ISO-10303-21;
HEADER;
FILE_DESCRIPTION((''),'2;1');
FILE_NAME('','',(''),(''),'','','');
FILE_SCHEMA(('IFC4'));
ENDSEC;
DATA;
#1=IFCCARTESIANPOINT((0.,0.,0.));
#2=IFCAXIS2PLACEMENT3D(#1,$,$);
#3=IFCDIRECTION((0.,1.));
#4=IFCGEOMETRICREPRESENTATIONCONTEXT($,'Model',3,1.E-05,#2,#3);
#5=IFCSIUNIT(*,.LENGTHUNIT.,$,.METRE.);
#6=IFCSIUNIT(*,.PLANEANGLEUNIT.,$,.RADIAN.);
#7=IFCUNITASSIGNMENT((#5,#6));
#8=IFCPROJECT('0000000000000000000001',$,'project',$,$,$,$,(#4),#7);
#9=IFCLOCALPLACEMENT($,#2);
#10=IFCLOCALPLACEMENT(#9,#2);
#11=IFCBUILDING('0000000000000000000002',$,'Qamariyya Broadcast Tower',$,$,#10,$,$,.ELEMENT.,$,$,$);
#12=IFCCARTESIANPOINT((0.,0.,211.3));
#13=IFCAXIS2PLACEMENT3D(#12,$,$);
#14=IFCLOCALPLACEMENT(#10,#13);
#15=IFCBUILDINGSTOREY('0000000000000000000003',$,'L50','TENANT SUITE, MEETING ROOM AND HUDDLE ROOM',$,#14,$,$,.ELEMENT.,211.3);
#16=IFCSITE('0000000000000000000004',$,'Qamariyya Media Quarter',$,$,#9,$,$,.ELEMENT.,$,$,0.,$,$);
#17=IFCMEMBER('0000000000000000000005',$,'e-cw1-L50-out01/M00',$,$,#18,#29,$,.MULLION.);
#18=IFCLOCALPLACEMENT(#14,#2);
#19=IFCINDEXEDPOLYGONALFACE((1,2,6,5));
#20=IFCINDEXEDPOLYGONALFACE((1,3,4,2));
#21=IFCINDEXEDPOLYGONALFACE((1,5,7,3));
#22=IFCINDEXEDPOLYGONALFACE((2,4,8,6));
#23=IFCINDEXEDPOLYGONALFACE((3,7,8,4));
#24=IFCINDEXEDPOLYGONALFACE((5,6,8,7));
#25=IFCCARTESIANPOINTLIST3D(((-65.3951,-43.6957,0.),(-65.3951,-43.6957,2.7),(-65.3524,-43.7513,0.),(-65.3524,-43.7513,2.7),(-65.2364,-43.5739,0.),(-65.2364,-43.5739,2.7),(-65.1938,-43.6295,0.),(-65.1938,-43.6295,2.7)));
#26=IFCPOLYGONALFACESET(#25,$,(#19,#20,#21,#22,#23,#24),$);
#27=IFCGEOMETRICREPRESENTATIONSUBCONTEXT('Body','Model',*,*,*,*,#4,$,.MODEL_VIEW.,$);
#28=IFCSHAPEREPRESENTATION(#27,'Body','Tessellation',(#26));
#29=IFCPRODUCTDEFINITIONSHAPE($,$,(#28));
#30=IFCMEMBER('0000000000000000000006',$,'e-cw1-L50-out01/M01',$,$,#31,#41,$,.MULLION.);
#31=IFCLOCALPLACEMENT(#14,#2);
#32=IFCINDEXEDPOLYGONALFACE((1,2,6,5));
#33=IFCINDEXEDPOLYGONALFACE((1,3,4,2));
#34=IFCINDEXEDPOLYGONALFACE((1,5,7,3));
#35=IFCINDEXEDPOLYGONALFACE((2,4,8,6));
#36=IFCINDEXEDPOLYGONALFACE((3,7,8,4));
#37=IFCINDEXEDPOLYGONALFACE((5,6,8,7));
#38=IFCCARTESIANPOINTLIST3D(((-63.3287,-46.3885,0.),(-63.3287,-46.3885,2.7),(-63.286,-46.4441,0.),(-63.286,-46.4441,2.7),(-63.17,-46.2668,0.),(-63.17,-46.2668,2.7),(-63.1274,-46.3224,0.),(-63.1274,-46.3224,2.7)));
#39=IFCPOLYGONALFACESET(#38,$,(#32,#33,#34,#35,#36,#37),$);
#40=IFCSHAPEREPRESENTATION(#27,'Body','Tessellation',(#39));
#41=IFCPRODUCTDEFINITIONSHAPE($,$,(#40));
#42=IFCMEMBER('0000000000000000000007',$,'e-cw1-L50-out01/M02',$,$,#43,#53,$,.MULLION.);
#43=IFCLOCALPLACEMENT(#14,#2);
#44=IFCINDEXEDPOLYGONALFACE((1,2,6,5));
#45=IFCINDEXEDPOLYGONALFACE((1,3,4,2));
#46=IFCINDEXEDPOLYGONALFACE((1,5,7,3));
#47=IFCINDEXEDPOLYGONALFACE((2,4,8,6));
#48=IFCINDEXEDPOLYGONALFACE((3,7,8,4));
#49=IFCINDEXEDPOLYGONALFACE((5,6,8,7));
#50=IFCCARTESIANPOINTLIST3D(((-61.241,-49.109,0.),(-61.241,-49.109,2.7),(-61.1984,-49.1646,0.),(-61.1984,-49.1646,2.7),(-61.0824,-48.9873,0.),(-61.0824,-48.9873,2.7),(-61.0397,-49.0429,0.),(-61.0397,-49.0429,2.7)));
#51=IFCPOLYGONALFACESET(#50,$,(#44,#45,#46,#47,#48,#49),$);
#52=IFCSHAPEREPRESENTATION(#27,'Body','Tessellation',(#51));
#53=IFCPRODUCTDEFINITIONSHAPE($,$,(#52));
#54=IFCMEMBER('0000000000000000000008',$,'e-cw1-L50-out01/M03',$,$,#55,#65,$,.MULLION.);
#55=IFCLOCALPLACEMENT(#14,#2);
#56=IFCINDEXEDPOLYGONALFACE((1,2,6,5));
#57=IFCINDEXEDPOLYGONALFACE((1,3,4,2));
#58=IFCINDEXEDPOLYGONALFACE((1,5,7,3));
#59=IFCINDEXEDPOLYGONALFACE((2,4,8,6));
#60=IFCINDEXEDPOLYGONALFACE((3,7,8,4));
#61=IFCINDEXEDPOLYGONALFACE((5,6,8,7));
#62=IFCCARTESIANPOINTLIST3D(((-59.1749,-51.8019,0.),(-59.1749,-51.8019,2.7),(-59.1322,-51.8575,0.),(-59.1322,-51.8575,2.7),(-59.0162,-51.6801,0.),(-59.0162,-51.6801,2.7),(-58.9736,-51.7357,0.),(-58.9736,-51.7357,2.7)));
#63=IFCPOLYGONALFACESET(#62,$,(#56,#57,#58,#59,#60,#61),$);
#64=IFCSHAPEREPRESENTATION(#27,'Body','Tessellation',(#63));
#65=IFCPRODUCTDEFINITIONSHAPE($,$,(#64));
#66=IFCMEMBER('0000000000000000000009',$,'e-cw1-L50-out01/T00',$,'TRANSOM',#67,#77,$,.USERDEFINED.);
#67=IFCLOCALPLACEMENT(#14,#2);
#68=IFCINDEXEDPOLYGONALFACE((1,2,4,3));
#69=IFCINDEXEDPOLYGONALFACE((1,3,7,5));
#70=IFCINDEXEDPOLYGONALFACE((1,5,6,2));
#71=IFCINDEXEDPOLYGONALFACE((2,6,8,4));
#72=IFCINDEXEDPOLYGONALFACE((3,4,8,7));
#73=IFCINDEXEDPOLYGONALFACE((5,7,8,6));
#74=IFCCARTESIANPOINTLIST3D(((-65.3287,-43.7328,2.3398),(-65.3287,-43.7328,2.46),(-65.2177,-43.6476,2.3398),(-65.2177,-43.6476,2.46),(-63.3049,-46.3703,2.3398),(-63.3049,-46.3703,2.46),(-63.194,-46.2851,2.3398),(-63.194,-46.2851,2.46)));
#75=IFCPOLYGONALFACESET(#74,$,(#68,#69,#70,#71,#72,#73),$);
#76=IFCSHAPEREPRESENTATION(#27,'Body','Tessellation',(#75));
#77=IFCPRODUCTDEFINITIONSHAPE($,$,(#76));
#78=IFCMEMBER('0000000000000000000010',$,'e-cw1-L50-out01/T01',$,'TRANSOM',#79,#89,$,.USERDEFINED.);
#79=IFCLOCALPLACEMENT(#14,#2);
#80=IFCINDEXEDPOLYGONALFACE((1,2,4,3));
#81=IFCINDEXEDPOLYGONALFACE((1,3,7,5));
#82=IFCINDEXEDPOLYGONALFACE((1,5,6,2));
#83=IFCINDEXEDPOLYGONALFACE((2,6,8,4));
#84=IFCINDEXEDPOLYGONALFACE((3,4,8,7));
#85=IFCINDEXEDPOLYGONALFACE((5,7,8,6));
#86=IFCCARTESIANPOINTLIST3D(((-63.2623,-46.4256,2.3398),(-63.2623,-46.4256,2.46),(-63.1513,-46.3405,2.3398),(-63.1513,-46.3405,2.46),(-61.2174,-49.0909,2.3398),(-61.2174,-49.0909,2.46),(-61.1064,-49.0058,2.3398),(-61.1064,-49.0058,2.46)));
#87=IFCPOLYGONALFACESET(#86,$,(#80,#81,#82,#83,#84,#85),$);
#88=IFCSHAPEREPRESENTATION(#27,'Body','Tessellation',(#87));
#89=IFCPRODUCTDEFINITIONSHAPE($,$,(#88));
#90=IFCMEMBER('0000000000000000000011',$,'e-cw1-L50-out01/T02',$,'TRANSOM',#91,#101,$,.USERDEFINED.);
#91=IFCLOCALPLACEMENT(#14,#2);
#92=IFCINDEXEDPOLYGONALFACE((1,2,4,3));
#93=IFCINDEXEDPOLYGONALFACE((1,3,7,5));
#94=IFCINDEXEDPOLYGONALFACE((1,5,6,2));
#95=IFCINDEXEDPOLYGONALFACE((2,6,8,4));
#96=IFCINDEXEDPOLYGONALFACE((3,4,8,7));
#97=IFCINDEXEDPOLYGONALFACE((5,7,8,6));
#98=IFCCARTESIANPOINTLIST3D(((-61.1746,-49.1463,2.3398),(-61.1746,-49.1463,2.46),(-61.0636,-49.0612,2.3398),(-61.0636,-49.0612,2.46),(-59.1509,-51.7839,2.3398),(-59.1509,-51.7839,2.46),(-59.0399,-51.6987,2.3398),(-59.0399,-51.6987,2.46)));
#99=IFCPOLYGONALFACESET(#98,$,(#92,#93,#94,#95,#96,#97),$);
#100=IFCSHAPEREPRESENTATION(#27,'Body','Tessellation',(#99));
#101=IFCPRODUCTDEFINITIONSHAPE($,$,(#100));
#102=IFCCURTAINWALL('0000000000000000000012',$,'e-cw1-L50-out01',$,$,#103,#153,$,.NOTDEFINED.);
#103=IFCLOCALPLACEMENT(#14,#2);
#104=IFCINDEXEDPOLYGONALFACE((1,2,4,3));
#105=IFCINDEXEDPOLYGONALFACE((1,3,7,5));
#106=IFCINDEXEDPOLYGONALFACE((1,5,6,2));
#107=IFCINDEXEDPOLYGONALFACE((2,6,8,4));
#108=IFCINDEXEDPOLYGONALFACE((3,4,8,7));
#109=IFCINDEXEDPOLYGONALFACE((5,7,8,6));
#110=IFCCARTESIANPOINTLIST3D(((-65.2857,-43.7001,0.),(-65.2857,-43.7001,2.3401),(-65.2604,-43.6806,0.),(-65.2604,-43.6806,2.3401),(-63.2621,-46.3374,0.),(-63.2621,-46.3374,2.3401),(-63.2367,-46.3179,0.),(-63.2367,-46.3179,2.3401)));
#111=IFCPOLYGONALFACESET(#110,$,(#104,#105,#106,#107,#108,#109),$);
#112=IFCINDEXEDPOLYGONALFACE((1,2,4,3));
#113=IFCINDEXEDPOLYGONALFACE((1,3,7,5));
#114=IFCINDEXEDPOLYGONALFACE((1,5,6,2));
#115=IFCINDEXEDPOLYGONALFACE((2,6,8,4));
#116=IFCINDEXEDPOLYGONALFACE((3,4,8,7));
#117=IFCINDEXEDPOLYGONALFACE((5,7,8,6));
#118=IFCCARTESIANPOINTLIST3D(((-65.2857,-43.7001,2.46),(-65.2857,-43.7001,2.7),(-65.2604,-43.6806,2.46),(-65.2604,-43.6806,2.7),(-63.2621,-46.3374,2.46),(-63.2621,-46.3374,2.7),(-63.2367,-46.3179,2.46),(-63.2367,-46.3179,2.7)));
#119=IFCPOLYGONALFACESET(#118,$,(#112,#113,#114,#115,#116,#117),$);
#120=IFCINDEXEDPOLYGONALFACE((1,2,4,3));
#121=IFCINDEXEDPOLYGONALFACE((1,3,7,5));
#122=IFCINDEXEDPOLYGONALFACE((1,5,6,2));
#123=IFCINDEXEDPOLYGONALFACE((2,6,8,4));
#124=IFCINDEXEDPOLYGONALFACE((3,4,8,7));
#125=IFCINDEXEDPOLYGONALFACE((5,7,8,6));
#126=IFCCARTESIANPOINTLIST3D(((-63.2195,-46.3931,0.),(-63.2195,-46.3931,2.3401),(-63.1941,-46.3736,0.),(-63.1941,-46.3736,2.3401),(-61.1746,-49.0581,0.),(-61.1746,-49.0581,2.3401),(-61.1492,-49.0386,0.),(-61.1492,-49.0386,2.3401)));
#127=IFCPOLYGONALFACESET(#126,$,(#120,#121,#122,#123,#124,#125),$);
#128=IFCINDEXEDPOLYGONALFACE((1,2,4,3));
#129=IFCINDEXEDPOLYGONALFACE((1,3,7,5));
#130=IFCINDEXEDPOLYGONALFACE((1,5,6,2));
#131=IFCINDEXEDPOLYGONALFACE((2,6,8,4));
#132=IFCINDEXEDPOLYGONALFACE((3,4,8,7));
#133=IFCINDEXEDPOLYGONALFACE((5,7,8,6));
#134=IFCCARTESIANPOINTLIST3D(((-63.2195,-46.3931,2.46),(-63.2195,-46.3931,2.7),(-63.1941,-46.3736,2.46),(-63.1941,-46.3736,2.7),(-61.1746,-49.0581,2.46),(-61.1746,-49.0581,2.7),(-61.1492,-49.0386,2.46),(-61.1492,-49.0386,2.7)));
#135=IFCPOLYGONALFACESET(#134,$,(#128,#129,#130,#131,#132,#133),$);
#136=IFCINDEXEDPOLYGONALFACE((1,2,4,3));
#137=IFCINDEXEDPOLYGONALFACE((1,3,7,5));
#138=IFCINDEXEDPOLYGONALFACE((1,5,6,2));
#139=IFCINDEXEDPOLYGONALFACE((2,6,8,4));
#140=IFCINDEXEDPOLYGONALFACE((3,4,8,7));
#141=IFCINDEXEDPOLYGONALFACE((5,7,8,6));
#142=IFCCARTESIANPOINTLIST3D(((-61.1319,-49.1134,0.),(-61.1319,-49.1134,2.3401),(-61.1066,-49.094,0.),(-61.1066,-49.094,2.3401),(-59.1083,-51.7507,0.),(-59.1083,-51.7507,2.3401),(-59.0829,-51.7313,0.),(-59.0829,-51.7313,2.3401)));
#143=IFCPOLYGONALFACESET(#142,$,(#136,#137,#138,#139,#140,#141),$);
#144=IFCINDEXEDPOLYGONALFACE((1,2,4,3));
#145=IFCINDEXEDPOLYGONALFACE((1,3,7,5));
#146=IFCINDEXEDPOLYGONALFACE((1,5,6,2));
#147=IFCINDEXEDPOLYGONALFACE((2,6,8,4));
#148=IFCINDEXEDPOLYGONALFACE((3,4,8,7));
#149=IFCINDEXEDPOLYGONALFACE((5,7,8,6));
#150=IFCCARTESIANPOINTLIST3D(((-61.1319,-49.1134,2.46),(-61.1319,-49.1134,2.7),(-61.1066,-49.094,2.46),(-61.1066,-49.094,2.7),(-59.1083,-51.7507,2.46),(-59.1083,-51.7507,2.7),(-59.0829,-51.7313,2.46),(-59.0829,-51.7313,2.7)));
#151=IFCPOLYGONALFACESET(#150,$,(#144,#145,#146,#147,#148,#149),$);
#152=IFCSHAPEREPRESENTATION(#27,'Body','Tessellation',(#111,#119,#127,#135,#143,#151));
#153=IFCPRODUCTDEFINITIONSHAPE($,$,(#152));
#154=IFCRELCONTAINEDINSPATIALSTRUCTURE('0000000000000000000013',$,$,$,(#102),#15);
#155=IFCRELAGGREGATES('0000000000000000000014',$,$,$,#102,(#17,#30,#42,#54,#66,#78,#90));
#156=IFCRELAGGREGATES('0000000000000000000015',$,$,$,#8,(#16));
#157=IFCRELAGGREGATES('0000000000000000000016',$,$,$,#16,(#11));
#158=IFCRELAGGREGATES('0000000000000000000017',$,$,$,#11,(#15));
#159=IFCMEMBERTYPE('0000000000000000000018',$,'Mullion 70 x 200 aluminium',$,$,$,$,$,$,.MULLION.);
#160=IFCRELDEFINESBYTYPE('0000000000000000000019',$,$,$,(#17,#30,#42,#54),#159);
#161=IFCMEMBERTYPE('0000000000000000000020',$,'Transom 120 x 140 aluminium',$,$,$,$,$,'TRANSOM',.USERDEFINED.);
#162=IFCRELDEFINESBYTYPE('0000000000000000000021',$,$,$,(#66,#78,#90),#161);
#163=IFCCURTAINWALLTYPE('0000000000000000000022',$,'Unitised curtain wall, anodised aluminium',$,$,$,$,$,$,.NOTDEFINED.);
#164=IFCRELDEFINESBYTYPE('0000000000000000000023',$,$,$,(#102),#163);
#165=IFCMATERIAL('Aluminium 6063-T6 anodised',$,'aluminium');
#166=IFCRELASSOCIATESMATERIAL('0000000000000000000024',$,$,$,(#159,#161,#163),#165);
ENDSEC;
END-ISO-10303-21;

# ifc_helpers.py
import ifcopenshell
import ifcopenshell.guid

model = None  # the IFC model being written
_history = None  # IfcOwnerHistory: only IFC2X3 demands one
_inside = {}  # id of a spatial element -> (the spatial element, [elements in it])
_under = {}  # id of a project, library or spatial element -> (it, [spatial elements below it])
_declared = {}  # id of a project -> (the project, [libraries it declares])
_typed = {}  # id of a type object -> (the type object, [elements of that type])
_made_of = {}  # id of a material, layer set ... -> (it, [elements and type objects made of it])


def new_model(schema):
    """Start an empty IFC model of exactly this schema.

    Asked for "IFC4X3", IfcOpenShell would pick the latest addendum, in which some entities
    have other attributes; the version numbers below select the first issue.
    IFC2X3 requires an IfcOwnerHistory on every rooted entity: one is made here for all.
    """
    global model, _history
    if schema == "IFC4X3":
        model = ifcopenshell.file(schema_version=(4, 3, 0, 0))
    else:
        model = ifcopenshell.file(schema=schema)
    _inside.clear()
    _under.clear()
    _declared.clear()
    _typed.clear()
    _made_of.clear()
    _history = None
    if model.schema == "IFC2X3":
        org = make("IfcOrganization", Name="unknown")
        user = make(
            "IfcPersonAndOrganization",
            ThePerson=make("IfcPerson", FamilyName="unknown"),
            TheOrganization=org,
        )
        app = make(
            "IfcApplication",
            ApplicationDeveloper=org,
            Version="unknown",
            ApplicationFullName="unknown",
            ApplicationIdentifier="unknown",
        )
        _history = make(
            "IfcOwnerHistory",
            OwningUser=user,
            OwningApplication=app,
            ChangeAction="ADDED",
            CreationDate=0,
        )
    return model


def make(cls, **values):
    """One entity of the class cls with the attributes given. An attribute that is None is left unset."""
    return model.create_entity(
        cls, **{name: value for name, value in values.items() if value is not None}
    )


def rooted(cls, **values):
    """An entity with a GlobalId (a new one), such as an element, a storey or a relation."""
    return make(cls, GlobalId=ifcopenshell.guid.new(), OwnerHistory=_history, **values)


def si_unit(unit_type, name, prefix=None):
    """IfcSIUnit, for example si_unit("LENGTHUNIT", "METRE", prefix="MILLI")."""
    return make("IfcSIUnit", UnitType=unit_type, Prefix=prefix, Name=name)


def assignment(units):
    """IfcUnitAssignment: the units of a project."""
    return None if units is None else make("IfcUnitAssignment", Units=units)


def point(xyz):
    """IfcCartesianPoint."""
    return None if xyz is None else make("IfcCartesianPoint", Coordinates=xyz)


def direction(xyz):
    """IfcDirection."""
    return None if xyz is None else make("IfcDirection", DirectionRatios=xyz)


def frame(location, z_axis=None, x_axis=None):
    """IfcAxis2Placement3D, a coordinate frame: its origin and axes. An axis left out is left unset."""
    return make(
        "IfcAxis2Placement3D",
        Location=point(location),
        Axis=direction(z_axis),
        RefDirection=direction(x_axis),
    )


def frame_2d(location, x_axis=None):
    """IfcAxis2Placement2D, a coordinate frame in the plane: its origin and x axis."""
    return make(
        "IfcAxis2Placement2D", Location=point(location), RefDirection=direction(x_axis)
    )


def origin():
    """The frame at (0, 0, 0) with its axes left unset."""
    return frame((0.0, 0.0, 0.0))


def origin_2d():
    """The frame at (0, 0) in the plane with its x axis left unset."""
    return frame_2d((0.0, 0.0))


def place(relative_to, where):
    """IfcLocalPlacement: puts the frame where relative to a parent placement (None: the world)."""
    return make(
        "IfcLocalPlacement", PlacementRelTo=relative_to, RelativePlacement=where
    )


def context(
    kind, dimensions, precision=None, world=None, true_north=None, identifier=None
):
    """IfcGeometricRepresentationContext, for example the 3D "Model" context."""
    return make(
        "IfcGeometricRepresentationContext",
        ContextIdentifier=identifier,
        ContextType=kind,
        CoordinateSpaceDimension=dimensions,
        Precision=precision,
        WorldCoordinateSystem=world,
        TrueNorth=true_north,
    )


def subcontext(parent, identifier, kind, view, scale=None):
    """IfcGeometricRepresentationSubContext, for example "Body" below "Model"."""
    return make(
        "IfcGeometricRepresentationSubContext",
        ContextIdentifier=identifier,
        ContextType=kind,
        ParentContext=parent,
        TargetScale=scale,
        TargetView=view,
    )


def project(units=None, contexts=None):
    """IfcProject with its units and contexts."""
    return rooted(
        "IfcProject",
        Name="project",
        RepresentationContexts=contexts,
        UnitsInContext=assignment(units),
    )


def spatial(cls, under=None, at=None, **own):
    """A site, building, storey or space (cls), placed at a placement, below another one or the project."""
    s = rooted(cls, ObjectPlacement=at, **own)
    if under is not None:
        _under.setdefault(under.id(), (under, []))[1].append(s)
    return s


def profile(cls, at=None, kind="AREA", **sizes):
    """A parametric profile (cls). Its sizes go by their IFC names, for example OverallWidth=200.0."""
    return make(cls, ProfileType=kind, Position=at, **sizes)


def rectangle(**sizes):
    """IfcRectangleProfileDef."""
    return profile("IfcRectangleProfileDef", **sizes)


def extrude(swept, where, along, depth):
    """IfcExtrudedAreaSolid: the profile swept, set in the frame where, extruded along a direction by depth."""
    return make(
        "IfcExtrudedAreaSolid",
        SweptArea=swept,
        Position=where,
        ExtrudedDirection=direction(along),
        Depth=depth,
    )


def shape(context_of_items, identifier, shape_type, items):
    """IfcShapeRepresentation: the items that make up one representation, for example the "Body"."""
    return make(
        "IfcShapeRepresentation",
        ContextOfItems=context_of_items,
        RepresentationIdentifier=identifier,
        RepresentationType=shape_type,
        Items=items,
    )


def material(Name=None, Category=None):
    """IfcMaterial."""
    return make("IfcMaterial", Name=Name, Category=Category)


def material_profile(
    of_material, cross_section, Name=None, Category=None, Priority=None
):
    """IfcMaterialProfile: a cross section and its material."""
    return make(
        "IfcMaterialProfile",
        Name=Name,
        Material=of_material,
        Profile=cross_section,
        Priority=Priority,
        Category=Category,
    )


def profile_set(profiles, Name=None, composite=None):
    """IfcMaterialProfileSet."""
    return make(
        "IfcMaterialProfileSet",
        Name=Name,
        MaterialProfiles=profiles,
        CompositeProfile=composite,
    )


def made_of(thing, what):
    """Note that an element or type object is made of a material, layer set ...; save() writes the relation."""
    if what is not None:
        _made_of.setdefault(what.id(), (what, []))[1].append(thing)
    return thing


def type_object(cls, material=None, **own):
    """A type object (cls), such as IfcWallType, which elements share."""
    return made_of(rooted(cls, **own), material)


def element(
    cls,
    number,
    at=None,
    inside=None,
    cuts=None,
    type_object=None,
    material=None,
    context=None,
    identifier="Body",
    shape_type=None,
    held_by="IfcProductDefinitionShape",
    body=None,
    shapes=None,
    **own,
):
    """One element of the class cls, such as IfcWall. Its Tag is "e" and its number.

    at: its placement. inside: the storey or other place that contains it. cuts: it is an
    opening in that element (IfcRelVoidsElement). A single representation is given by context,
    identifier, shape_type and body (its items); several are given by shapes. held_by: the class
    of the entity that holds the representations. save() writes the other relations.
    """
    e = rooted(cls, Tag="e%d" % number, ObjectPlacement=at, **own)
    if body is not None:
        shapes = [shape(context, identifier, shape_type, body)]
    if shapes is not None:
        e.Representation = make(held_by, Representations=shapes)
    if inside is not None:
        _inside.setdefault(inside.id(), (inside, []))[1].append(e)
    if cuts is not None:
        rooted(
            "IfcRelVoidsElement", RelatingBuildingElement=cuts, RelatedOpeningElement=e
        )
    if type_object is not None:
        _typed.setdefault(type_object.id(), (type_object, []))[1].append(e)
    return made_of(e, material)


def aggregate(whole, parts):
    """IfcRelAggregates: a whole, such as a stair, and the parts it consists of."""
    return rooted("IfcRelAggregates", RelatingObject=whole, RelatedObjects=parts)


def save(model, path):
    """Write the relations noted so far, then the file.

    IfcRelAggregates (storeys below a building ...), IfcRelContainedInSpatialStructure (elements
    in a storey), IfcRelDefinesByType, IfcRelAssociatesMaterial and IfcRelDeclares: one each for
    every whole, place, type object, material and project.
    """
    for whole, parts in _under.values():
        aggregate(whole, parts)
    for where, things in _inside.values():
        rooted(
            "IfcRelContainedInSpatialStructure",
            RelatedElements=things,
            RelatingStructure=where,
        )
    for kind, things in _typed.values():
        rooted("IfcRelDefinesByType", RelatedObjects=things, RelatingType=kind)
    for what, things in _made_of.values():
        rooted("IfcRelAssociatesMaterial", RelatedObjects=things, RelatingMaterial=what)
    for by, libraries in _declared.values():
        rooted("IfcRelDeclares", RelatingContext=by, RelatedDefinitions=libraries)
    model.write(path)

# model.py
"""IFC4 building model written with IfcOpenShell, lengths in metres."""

from ifc_helpers import new_model, si_unit, direction, frame, origin, origin_2d, place, context, subcontext, project, spatial, rectangle, extrude, material, material_profile, profile_set, type_object, element, aggregate, save


model = new_model("IFC4")

# Units and contexts
model_context = context("Model", 3, precision=1e-05, world=origin(), true_north=direction((0.0, 1.0)))
body_context = subcontext(model_context, "Body", "Model", "MODEL_VIEW")
ifc_project = project(units=[si_unit("LENGTHUNIT", "METRE"), si_unit("PLANEANGLEUNIT", "RADIAN")], contexts=[model_context])

# Members
ifc_material_1 = material(Name="Aluminium 6063-T6 anodised", Category="aluminium")
ifc_material_profile_1 = material_profile(ifc_material_1, rectangle(XDim=0.2, YDim=0.0701, at=origin_2d()))
ifc_profile_set_1 = profile_set([ifc_material_profile_1], Name="Aluminium 6063-T6 anodised")
member_type_1 = type_object("IfcMemberType", Name="Mullion 70 x 200 aluminium", PredefinedType="MULLION", material=ifc_profile_set_1)
site_placement = place(None, origin())
building_placement = place(site_placement, origin())
storey_placement = place(building_placement, frame((0.0, 0.0, 211.3)))
member_1_placement = place(storey_placement, frame((-65.2944, -43.6626, 0.0), z_axis=(0.0, 0.0, 1.0), x_axis=(0.793353, 0.608761, 0.0)))
member_1 = element("IfcMember", 1, at=member_1_placement, type_object=member_type_1, Name="e-cw1-L50-out01/M00", PredefinedType="MULLION", context=body_context, shape_type="SweptSolid", body=[
    extrude(rectangle(XDim=0.2, YDim=0.0701, at=origin_2d()), origin(), (0.0, 0.0, 1.0), 2.7),
])
member_2_placement = place(storey_placement, frame((-63.228, -46.3555, 0.0), z_axis=(0.0, 0.0, 1.0), x_axis=(0.793353, 0.608761, 0.0)))
member_2 = element("IfcMember", 2, at=member_2_placement, type_object=member_type_1, Name="e-cw1-L50-out01/M01", PredefinedType="MULLION", context=body_context, shape_type="SweptSolid", body=[
    extrude(rectangle(XDim=0.2, YDim=0.0701, at=origin_2d()), origin(), (0.0, 0.0, 1.0), 2.7),
])
member_3_placement = place(storey_placement, frame((-61.1404, -49.0759, 0.0), z_axis=(0.0, 0.0, 1.0), x_axis=(0.793353, 0.608761, 0.0)))
member_3 = element("IfcMember", 3, at=member_3_placement, type_object=member_type_1, Name="e-cw1-L50-out01/M02", PredefinedType="MULLION", context=body_context, shape_type="SweptSolid", body=[
    extrude(rectangle(XDim=0.2, YDim=0.0701, at=origin_2d()), origin(), (0.0, 0.0, 1.0), 2.7),
])
member_4_placement = place(storey_placement, frame((-59.0742, -51.7688, 0.0), z_axis=(0.0, 0.0, 1.0), x_axis=(0.793353, 0.608761, 0.0)))
member_4 = element("IfcMember", 4, at=member_4_placement, type_object=member_type_1, Name="e-cw1-L50-out01/M03", PredefinedType="MULLION", context=body_context, shape_type="SweptSolid", body=[
    extrude(rectangle(XDim=0.2, YDim=0.0701, at=origin_2d()), origin(), (0.0, 0.0, 1.0), 2.7),
])
ifc_material_profile_2 = material_profile(ifc_material_1, rectangle(XDim=0.1399, YDim=0.1201, at=origin_2d()))
ifc_profile_set_2 = profile_set([ifc_material_profile_2], Name="Aluminium 6063-T6 anodised")
member_type_2 = type_object("IfcMemberType", Name="Transom 120 x 140 aluminium", ElementType="TRANSOM", PredefinedType="USERDEFINED", material=ifc_profile_set_2)
member_5_placement = place(storey_placement, frame((-65.2732, -43.6902, 2.3999), z_axis=(0.608741, -0.793369, 0.0), x_axis=(0.793369, 0.608741, 0.0)))
member_5 = element("IfcMember", 5, at=member_5_placement, type_object=member_type_2, Name="e-cw1-L50-out01/T00", ObjectType="TRANSOM", PredefinedType="USERDEFINED", context=body_context, shape_type="SweptSolid", body=[
    extrude(rectangle(XDim=0.1399, YDim=0.1201, at=origin_2d()), origin(), (0.0, 0.0, 1.0), 3.3245),
])
member_6_placement = place(storey_placement, frame((-63.2068, -46.3831, 2.3999), z_axis=(0.60872, -0.793385, 0.0), x_axis=(0.793385, 0.60872, 0.0)))
member_6 = element("IfcMember", 6, at=member_6_placement, type_object=member_type_2, Name="e-cw1-L50-out01/T01", ObjectType="TRANSOM", PredefinedType="USERDEFINED", context=body_context, shape_type="SweptSolid", body=[
    extrude(rectangle(XDim=0.1399, YDim=0.1201, at=origin_2d()), origin(), (0.0, 0.0, 1.0), 3.3594),
])
member_7_placement = place(storey_placement, frame((-61.1191, -49.1038, 2.3999), z_axis=(0.608741, -0.793369, 0.0), x_axis=(0.793369, 0.608741, 0.0)))
member_7 = element("IfcMember", 7, at=member_7_placement, type_object=member_type_2, Name="e-cw1-L50-out01/T02", ObjectType="TRANSOM", PredefinedType="USERDEFINED", context=body_context, shape_type="SweptSolid", body=[
    extrude(rectangle(XDim=0.1399, YDim=0.1201, at=origin_2d()), origin(), (0.0, 0.0, 1.0), 3.3245),
])

# Site, building, storey
site = spatial("IfcSite", under=ifc_project, at=site_placement, Name="Qamariyya Media Quarter", CompositionType="ELEMENT", RefElevation=0.0)
building = spatial("IfcBuilding", under=site, at=building_placement, Name="Qamariyya Broadcast Tower", CompositionType="ELEMENT")
storey = spatial("IfcBuildingStorey", under=building, at=storey_placement, Name="L50", Description="TENANT SUITE, MEETING ROOM AND HUDDLE ROOM", CompositionType="ELEMENT", Elevation=211.3)

# Curtain wall
curtain_wall_type = type_object("IfcCurtainWallType", Name="Unitised curtain wall, anodised aluminium", PredefinedType="NOTDEFINED", material=ifc_material_1)
curtain_wall_1_placement = place(storey_placement, origin())
curtain_wall_1 = element("IfcCurtainWall", 8, at=curtain_wall_1_placement, inside=storey, type_object=curtain_wall_type, Name="e-cw1-L50-out01", PredefinedType="NOTDEFINED", context=body_context, shape_type="SweptSolid", body=[
    extrude(rectangle(XDim=3.3242, YDim=0.032, at=origin_2d()), frame((-64.2612, -45.009, 0.0), x_axis=(0.608754, -0.793359, 0.0)), (0.0, 0.0, 1.0), 2.3401),
    extrude(rectangle(XDim=3.3242, YDim=0.032, at=origin_2d()), frame((-64.2612, -45.009, 2.46), x_axis=(0.608754, -0.793359, 0.0)), (0.0, 0.0, 1.0), 0.24),
    extrude(rectangle(XDim=3.3591, YDim=0.032, at=origin_2d()), frame((-62.1843, -47.7158, 0.0), x_axis=(0.608754, -0.793359, 0.0)), (0.0, 0.0, 1.0), 2.3401),
    extrude(rectangle(XDim=3.3591, YDim=0.032, at=origin_2d()), frame((-62.1843, -47.7158, 2.46), x_axis=(0.608754, -0.793359, 0.0)), (0.0, 0.0, 1.0), 0.24),
    extrude(rectangle(XDim=3.3242, YDim=0.032, at=origin_2d()), frame((-60.1074, -50.4224, 0.0), x_axis=(0.608754, -0.793359, 0.0)), (0.0, 0.0, 1.0), 2.3401),
    extrude(rectangle(XDim=3.3242, YDim=0.032, at=origin_2d()), frame((-60.1074, -50.4224, 2.46), x_axis=(0.608754, -0.793359, 0.0)), (0.0, 0.0, 1.0), 0.24),
])
aggregate(curtain_wall_1, [member_1, member_2, member_3, member_4, member_5, member_6, member_7])

save(model, "model.ifc")
